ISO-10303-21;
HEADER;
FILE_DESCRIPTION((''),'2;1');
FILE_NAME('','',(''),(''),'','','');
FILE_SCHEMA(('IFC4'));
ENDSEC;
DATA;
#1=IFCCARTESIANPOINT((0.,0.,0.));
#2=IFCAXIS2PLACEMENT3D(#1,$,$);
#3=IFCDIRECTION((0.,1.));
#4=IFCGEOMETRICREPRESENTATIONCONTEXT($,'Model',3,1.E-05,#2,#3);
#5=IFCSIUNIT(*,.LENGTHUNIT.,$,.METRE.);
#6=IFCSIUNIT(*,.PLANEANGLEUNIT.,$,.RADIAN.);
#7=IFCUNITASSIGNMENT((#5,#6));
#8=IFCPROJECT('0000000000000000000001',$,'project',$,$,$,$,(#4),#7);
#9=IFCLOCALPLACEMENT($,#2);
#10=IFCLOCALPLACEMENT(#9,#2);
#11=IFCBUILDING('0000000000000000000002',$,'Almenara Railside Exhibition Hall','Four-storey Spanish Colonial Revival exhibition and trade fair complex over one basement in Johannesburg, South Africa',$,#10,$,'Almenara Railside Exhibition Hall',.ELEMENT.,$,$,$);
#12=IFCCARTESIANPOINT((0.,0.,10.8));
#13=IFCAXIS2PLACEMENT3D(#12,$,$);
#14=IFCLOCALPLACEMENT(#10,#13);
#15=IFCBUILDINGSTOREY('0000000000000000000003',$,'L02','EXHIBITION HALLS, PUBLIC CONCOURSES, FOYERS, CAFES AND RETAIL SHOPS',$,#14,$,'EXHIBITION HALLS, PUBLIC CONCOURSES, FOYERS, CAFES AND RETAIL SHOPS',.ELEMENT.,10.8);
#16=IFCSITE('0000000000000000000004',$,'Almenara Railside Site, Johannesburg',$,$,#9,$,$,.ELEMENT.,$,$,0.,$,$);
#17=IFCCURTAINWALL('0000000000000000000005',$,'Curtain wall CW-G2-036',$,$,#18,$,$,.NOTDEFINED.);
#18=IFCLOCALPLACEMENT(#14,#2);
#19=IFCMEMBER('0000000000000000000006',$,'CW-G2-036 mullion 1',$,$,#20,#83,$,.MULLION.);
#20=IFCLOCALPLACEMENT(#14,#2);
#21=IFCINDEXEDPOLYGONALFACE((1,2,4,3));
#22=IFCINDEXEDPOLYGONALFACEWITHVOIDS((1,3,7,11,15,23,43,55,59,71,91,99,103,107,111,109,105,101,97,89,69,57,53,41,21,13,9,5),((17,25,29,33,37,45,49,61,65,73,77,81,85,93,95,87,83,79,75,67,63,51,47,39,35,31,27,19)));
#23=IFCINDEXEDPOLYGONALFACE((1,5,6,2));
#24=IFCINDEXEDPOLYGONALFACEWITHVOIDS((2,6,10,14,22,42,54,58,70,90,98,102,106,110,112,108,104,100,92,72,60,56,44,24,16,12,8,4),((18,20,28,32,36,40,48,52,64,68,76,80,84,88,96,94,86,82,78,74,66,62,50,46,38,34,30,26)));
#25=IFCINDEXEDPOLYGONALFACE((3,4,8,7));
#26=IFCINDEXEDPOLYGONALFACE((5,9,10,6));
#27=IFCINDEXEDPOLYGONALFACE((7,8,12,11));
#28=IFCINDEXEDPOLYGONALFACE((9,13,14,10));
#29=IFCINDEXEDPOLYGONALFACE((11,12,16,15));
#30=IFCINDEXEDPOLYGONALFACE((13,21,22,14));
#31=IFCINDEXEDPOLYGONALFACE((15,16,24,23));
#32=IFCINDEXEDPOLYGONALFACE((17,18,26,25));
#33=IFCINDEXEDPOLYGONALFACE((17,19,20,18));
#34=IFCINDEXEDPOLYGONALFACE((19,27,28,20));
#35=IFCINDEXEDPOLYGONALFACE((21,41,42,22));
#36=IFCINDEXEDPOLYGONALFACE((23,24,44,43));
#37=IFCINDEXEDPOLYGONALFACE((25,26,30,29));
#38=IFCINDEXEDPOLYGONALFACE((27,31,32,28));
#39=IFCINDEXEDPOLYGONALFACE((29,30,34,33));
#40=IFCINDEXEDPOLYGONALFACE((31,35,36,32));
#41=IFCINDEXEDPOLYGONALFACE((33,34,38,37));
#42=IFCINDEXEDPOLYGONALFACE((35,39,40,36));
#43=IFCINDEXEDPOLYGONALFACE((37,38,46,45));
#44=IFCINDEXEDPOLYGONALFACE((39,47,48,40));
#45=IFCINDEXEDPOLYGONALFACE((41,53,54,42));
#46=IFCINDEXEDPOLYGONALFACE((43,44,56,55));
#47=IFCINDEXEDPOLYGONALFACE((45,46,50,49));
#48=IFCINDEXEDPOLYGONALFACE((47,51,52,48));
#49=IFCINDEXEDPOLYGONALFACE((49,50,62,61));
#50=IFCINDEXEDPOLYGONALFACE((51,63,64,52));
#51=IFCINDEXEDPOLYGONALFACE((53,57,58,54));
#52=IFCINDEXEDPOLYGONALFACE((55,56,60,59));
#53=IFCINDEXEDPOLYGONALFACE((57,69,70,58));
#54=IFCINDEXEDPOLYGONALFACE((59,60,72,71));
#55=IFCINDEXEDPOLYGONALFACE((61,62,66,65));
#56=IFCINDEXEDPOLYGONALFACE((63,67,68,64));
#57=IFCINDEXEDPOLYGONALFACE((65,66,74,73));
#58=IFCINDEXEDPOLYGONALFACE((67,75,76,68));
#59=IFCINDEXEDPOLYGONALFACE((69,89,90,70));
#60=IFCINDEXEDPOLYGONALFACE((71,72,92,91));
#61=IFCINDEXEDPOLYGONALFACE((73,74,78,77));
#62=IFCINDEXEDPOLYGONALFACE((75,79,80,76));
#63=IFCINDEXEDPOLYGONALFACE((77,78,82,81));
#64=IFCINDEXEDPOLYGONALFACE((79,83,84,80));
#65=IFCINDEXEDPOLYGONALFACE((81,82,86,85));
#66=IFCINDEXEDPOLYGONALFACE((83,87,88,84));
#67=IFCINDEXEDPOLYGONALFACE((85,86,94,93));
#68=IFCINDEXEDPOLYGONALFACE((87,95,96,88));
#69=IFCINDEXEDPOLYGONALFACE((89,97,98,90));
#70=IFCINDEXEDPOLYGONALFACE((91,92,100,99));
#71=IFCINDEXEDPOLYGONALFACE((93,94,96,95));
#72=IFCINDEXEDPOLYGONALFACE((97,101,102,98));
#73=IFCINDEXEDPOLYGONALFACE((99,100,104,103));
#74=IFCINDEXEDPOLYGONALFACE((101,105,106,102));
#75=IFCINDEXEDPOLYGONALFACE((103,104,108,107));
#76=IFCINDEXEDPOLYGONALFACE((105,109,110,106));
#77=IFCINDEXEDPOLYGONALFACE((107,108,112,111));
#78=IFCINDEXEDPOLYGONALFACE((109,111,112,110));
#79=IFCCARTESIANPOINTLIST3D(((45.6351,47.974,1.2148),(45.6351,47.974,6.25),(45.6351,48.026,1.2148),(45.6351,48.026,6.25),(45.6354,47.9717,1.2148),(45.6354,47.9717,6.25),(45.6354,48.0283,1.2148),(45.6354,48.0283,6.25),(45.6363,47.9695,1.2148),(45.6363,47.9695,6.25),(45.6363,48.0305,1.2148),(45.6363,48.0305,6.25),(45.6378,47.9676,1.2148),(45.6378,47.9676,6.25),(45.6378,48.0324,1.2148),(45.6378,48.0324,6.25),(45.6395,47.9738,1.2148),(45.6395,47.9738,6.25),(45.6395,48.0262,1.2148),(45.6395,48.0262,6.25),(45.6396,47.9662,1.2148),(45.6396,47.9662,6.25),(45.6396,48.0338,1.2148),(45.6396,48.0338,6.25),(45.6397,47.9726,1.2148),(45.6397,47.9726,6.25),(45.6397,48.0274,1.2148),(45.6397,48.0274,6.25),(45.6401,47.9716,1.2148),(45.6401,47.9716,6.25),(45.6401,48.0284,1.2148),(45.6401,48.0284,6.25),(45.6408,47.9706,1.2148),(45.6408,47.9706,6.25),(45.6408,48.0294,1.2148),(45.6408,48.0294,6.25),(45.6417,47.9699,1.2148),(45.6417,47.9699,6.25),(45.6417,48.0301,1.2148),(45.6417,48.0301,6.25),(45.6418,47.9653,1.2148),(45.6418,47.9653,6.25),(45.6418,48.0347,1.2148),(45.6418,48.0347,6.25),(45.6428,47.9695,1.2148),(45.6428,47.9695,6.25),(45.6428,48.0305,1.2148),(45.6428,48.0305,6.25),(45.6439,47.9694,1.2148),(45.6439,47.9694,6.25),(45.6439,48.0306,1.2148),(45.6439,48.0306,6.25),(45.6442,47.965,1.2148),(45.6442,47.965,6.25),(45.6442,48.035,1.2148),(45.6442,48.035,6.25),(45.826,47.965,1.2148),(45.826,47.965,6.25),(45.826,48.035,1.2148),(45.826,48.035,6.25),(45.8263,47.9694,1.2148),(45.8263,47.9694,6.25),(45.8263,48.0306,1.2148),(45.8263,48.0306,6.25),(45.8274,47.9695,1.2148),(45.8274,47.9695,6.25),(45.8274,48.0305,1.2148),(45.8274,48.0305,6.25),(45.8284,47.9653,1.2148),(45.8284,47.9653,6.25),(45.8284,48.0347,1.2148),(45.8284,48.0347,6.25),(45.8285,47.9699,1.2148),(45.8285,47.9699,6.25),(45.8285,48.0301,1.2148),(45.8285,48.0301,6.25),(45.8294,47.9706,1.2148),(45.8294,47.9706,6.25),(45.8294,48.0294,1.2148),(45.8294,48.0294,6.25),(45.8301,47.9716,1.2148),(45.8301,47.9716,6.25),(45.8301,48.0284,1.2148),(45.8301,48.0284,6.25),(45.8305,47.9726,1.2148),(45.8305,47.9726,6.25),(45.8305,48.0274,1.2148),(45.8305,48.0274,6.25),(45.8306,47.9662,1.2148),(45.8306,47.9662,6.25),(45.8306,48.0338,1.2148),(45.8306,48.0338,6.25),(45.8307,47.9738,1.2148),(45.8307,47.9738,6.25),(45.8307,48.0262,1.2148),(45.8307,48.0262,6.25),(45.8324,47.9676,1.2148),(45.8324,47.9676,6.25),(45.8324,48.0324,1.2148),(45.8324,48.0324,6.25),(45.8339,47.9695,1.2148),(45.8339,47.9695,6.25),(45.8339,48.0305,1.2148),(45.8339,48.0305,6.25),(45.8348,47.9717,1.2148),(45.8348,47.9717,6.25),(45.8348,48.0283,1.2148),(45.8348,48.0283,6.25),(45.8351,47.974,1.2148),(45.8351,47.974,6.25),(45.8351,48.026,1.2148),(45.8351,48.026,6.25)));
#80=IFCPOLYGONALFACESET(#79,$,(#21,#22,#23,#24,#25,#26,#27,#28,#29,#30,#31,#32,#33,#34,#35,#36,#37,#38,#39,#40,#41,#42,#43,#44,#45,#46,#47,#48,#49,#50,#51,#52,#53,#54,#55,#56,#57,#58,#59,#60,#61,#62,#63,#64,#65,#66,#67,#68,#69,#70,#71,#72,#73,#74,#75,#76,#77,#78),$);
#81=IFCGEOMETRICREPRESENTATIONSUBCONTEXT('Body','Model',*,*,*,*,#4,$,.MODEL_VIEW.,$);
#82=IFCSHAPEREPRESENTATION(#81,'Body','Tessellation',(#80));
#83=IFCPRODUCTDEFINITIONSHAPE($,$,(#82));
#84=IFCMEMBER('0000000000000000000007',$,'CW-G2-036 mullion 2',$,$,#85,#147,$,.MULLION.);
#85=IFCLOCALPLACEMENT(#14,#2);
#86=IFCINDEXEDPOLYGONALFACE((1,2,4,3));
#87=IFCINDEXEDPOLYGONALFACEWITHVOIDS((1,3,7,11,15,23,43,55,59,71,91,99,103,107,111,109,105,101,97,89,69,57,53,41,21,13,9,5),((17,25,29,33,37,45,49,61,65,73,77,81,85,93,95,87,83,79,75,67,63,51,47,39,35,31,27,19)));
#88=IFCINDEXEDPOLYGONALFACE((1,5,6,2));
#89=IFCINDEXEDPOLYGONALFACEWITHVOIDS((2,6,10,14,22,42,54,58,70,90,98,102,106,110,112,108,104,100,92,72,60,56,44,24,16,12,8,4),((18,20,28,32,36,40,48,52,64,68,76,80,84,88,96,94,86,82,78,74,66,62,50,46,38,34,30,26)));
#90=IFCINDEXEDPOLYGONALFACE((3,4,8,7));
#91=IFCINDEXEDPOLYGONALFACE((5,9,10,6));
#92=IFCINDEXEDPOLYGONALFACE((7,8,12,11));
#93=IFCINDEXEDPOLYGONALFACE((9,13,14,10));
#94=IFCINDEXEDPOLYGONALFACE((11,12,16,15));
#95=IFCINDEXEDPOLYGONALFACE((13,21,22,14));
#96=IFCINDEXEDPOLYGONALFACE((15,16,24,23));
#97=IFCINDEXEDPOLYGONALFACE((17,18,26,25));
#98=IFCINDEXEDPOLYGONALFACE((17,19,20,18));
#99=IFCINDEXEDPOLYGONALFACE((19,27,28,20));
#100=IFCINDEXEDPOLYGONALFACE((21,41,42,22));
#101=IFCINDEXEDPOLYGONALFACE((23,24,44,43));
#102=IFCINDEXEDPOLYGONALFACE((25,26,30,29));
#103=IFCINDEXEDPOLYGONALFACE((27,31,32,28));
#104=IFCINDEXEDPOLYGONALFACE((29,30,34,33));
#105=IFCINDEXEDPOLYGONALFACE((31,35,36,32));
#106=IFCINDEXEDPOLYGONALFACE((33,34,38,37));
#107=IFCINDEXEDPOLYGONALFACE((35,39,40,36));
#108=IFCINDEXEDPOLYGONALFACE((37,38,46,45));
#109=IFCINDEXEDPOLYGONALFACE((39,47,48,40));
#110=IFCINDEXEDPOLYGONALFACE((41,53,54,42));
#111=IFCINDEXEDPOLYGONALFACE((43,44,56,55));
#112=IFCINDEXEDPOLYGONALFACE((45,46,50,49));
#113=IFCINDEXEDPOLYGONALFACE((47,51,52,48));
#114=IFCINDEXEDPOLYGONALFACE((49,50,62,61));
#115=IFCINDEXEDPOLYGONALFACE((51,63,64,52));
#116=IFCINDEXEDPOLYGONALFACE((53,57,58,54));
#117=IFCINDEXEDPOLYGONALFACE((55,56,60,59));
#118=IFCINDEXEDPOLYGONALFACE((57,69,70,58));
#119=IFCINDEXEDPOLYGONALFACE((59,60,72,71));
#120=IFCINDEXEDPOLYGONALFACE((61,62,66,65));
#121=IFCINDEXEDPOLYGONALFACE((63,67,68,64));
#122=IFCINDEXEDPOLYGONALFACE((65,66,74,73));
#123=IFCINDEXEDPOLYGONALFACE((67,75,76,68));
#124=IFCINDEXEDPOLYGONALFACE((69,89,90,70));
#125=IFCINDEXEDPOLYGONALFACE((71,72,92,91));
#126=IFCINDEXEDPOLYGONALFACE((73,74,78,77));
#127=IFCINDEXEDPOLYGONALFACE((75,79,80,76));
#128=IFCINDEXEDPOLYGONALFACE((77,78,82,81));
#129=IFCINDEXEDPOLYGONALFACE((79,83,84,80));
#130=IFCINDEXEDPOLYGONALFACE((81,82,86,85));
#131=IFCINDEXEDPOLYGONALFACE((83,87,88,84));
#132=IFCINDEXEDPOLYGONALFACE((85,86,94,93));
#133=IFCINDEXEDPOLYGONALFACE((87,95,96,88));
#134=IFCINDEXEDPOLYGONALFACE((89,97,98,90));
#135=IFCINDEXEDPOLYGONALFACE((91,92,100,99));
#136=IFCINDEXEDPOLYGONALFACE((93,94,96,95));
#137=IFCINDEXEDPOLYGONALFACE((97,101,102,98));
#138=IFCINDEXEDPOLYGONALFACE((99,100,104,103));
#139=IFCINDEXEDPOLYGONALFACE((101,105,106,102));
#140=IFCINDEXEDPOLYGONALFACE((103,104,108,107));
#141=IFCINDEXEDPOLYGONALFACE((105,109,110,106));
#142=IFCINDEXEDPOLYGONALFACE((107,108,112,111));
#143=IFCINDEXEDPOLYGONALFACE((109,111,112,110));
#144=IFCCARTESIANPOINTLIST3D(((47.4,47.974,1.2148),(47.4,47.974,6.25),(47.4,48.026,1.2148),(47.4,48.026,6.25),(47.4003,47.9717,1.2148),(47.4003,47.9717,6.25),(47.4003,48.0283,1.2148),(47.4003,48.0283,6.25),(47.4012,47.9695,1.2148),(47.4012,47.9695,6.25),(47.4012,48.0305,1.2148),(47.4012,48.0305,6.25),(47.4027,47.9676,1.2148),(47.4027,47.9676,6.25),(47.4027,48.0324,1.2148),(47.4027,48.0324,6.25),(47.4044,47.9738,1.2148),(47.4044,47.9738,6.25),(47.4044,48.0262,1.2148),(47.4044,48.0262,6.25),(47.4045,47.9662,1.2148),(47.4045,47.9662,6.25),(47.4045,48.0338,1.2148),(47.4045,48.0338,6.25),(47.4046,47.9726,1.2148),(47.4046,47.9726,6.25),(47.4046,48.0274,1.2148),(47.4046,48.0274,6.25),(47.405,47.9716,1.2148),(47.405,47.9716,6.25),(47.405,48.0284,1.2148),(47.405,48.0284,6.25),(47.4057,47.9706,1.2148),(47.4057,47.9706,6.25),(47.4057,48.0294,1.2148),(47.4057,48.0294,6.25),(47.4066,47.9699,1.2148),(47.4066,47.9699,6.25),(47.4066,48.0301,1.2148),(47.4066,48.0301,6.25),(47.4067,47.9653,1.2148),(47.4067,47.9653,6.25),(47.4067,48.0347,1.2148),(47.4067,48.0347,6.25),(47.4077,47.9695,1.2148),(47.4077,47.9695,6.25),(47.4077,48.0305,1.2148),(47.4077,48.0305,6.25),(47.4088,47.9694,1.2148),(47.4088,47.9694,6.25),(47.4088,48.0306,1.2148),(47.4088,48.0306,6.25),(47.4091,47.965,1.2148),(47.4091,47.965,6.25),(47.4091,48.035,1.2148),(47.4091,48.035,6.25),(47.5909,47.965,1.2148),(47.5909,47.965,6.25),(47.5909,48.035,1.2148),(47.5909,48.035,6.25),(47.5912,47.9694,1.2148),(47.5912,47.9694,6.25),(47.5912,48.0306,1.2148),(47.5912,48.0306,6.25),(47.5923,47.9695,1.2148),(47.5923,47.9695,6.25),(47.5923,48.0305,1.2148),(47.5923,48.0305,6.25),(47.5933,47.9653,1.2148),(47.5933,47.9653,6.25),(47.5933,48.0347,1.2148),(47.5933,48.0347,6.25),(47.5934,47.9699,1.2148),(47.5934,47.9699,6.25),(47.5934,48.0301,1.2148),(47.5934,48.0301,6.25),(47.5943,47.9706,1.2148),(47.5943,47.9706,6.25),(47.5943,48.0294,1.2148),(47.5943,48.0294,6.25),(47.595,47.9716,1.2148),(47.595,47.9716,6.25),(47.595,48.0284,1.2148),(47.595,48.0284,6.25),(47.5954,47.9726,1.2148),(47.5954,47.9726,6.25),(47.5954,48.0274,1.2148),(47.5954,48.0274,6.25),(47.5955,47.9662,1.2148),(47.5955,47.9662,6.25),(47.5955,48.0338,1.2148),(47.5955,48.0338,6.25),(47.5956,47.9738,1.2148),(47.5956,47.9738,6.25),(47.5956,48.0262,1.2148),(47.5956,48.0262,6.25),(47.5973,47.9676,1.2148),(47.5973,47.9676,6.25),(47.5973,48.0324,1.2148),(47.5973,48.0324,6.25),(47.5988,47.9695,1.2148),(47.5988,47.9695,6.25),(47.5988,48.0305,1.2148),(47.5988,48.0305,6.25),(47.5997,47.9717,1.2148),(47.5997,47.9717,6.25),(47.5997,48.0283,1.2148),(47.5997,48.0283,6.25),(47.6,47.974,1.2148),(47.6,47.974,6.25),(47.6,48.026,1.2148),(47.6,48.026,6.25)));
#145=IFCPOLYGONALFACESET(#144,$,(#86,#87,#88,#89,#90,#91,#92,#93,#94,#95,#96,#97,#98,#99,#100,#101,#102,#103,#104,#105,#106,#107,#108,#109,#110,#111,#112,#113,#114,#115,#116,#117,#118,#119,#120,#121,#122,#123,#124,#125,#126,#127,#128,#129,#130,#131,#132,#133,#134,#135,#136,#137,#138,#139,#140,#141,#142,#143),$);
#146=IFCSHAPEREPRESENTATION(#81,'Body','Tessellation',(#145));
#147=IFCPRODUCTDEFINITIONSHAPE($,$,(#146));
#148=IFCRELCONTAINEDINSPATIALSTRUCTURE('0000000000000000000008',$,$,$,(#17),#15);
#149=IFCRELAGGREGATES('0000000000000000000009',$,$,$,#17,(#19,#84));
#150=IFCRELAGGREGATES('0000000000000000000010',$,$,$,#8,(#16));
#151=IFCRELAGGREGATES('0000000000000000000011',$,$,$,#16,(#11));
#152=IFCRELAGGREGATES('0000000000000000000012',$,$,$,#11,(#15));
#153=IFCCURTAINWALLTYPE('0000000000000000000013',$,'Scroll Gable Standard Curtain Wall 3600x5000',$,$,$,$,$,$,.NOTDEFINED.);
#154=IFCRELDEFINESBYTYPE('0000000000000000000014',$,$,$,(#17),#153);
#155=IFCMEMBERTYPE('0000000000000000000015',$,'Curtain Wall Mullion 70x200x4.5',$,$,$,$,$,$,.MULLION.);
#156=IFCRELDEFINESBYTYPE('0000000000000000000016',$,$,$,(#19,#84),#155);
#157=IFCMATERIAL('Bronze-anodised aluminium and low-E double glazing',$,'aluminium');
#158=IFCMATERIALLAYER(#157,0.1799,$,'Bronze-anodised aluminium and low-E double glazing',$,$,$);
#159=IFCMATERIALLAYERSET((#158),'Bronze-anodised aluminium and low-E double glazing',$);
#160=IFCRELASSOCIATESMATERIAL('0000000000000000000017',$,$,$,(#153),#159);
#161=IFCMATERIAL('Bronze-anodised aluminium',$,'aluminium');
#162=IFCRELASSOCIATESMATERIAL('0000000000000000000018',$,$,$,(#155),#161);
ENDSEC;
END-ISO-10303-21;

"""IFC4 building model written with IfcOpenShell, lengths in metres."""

from ifc_helpers import new_model, si_unit, direction, frame, origin, origin_2d, place, context, subcontext, project, spatial, hollow_rectangle, extrude, material, layer, layer_set, material_profile, profile_set, type_object, element, aggregate, save


model = new_model("IFC4")

# Units and contexts
model_context = context("Model", 3, precision=1e-05, world=origin(), true_north=direction((0.0, 1.0)))
body_context = subcontext(model_context, "Body", "Model", "MODEL_VIEW")
ifc_project = project(units=[si_unit("LENGTHUNIT", "METRE"), si_unit("PLANEANGLEUNIT", "RADIAN")], contexts=[model_context])

# Site, building, storey
site_placement = place(None, origin())
site = spatial("IfcSite", under=ifc_project, at=site_placement, Name="Almenara Railside Site, Johannesburg", CompositionType="ELEMENT", RefElevation=0.0)
building_placement = place(site_placement, origin())
building = spatial("IfcBuilding", under=site, at=building_placement, Name="Almenara Railside Exhibition Hall", Description="Four-storey Spanish Colonial Revival exhibition and trade fair complex over one basement in Johannesburg, South Africa", LongName="Almenara Railside Exhibition Hall", CompositionType="ELEMENT")
storey_placement = place(building_placement, frame((0.0, 0.0, 10.8)))
storey = spatial("IfcBuildingStorey", under=building, at=storey_placement, Name="L02", Description="EXHIBITION HALLS, PUBLIC CONCOURSES, FOYERS, CAFES AND RETAIL SHOPS", LongName="EXHIBITION HALLS, PUBLIC CONCOURSES, FOYERS, CAFES AND RETAIL SHOPS", CompositionType="ELEMENT", Elevation=10.8)

# Curtain wall, members
ifc_material_1 = material(Name="Bronze-anodised aluminium and low-E double glazing", Category="aluminium")
ifc_layer_1 = layer(ifc_material_1, 0.1799, Name="Bronze-anodised aluminium and low-E double glazing")
ifc_layer_set_1 = layer_set([ifc_layer_1], Name="Bronze-anodised aluminium and low-E double glazing")
curtain_wall_type = type_object("IfcCurtainWallType", Name="Scroll Gable Standard Curtain Wall 3600x5000", PredefinedType="NOTDEFINED", material=ifc_layer_set_1)
curtain_wall_placement = place(storey_placement, origin())
curtain_wall = element("IfcCurtainWall", 1, at=curtain_wall_placement, inside=storey, type_object=curtain_wall_type, Name="Curtain wall CW-G2-036", PredefinedType="NOTDEFINED")
ifc_material_2 = material(Name="Bronze-anodised aluminium", Category="aluminium")
ifc_material_profile_1 = material_profile(ifc_material_2, hollow_rectangle(XDim=0.0701, YDim=0.2, WallThickness=0.0044, InnerFilletRadius=0.0044, OuterFilletRadius=0.009, at=origin_2d()), Name="ALU-MUL 70x200x4.5")
ifc_profile_set_1 = profile_set([ifc_material_profile_1], Name="Bronze-anodised aluminium")
member_type_1 = type_object("IfcMemberType", Name="Curtain Wall Mullion 70x200x4.5", PredefinedType="MULLION", material=ifc_profile_set_1)
member_1_placement = place(storey_placement, frame((45.7351, 48.0, 1.2148), z_axis=(0.0, 0.0, 1.0), x_axis=(0.0, 1.0, 0.0)))
member_1 = element("IfcMember", 2, at=member_1_placement, type_object=member_type_1, Name="CW-G2-036 mullion 1", PredefinedType="MULLION", context=body_context, shape_type="SweptSolid", body=[
    extrude(hollow_rectangle(XDim=0.0701, YDim=0.2, WallThickness=0.0044, InnerFilletRadius=0.0044, OuterFilletRadius=0.009, at=origin_2d()), origin(), (0.0, 0.0, 1.0), 5.0352),
])
member_2_placement = place(storey_placement, frame((47.5, 48.0, 1.2148), z_axis=(0.0, 0.0, 1.0), x_axis=(0.0, 1.0, 0.0)))
member_2 = element("IfcMember", 3, at=member_2_placement, type_object=member_type_1, Name="CW-G2-036 mullion 2", PredefinedType="MULLION", context=body_context, shape_type="SweptSolid", body=[
    extrude(hollow_rectangle(XDim=0.0701, YDim=0.2, WallThickness=0.0044, InnerFilletRadius=0.0044, OuterFilletRadius=0.009, at=origin_2d()), origin(), (0.0, 0.0, 1.0), 5.0352),
])
aggregate(curtain_wall, [member_1, member_2])

save(model, "model.ifc")
